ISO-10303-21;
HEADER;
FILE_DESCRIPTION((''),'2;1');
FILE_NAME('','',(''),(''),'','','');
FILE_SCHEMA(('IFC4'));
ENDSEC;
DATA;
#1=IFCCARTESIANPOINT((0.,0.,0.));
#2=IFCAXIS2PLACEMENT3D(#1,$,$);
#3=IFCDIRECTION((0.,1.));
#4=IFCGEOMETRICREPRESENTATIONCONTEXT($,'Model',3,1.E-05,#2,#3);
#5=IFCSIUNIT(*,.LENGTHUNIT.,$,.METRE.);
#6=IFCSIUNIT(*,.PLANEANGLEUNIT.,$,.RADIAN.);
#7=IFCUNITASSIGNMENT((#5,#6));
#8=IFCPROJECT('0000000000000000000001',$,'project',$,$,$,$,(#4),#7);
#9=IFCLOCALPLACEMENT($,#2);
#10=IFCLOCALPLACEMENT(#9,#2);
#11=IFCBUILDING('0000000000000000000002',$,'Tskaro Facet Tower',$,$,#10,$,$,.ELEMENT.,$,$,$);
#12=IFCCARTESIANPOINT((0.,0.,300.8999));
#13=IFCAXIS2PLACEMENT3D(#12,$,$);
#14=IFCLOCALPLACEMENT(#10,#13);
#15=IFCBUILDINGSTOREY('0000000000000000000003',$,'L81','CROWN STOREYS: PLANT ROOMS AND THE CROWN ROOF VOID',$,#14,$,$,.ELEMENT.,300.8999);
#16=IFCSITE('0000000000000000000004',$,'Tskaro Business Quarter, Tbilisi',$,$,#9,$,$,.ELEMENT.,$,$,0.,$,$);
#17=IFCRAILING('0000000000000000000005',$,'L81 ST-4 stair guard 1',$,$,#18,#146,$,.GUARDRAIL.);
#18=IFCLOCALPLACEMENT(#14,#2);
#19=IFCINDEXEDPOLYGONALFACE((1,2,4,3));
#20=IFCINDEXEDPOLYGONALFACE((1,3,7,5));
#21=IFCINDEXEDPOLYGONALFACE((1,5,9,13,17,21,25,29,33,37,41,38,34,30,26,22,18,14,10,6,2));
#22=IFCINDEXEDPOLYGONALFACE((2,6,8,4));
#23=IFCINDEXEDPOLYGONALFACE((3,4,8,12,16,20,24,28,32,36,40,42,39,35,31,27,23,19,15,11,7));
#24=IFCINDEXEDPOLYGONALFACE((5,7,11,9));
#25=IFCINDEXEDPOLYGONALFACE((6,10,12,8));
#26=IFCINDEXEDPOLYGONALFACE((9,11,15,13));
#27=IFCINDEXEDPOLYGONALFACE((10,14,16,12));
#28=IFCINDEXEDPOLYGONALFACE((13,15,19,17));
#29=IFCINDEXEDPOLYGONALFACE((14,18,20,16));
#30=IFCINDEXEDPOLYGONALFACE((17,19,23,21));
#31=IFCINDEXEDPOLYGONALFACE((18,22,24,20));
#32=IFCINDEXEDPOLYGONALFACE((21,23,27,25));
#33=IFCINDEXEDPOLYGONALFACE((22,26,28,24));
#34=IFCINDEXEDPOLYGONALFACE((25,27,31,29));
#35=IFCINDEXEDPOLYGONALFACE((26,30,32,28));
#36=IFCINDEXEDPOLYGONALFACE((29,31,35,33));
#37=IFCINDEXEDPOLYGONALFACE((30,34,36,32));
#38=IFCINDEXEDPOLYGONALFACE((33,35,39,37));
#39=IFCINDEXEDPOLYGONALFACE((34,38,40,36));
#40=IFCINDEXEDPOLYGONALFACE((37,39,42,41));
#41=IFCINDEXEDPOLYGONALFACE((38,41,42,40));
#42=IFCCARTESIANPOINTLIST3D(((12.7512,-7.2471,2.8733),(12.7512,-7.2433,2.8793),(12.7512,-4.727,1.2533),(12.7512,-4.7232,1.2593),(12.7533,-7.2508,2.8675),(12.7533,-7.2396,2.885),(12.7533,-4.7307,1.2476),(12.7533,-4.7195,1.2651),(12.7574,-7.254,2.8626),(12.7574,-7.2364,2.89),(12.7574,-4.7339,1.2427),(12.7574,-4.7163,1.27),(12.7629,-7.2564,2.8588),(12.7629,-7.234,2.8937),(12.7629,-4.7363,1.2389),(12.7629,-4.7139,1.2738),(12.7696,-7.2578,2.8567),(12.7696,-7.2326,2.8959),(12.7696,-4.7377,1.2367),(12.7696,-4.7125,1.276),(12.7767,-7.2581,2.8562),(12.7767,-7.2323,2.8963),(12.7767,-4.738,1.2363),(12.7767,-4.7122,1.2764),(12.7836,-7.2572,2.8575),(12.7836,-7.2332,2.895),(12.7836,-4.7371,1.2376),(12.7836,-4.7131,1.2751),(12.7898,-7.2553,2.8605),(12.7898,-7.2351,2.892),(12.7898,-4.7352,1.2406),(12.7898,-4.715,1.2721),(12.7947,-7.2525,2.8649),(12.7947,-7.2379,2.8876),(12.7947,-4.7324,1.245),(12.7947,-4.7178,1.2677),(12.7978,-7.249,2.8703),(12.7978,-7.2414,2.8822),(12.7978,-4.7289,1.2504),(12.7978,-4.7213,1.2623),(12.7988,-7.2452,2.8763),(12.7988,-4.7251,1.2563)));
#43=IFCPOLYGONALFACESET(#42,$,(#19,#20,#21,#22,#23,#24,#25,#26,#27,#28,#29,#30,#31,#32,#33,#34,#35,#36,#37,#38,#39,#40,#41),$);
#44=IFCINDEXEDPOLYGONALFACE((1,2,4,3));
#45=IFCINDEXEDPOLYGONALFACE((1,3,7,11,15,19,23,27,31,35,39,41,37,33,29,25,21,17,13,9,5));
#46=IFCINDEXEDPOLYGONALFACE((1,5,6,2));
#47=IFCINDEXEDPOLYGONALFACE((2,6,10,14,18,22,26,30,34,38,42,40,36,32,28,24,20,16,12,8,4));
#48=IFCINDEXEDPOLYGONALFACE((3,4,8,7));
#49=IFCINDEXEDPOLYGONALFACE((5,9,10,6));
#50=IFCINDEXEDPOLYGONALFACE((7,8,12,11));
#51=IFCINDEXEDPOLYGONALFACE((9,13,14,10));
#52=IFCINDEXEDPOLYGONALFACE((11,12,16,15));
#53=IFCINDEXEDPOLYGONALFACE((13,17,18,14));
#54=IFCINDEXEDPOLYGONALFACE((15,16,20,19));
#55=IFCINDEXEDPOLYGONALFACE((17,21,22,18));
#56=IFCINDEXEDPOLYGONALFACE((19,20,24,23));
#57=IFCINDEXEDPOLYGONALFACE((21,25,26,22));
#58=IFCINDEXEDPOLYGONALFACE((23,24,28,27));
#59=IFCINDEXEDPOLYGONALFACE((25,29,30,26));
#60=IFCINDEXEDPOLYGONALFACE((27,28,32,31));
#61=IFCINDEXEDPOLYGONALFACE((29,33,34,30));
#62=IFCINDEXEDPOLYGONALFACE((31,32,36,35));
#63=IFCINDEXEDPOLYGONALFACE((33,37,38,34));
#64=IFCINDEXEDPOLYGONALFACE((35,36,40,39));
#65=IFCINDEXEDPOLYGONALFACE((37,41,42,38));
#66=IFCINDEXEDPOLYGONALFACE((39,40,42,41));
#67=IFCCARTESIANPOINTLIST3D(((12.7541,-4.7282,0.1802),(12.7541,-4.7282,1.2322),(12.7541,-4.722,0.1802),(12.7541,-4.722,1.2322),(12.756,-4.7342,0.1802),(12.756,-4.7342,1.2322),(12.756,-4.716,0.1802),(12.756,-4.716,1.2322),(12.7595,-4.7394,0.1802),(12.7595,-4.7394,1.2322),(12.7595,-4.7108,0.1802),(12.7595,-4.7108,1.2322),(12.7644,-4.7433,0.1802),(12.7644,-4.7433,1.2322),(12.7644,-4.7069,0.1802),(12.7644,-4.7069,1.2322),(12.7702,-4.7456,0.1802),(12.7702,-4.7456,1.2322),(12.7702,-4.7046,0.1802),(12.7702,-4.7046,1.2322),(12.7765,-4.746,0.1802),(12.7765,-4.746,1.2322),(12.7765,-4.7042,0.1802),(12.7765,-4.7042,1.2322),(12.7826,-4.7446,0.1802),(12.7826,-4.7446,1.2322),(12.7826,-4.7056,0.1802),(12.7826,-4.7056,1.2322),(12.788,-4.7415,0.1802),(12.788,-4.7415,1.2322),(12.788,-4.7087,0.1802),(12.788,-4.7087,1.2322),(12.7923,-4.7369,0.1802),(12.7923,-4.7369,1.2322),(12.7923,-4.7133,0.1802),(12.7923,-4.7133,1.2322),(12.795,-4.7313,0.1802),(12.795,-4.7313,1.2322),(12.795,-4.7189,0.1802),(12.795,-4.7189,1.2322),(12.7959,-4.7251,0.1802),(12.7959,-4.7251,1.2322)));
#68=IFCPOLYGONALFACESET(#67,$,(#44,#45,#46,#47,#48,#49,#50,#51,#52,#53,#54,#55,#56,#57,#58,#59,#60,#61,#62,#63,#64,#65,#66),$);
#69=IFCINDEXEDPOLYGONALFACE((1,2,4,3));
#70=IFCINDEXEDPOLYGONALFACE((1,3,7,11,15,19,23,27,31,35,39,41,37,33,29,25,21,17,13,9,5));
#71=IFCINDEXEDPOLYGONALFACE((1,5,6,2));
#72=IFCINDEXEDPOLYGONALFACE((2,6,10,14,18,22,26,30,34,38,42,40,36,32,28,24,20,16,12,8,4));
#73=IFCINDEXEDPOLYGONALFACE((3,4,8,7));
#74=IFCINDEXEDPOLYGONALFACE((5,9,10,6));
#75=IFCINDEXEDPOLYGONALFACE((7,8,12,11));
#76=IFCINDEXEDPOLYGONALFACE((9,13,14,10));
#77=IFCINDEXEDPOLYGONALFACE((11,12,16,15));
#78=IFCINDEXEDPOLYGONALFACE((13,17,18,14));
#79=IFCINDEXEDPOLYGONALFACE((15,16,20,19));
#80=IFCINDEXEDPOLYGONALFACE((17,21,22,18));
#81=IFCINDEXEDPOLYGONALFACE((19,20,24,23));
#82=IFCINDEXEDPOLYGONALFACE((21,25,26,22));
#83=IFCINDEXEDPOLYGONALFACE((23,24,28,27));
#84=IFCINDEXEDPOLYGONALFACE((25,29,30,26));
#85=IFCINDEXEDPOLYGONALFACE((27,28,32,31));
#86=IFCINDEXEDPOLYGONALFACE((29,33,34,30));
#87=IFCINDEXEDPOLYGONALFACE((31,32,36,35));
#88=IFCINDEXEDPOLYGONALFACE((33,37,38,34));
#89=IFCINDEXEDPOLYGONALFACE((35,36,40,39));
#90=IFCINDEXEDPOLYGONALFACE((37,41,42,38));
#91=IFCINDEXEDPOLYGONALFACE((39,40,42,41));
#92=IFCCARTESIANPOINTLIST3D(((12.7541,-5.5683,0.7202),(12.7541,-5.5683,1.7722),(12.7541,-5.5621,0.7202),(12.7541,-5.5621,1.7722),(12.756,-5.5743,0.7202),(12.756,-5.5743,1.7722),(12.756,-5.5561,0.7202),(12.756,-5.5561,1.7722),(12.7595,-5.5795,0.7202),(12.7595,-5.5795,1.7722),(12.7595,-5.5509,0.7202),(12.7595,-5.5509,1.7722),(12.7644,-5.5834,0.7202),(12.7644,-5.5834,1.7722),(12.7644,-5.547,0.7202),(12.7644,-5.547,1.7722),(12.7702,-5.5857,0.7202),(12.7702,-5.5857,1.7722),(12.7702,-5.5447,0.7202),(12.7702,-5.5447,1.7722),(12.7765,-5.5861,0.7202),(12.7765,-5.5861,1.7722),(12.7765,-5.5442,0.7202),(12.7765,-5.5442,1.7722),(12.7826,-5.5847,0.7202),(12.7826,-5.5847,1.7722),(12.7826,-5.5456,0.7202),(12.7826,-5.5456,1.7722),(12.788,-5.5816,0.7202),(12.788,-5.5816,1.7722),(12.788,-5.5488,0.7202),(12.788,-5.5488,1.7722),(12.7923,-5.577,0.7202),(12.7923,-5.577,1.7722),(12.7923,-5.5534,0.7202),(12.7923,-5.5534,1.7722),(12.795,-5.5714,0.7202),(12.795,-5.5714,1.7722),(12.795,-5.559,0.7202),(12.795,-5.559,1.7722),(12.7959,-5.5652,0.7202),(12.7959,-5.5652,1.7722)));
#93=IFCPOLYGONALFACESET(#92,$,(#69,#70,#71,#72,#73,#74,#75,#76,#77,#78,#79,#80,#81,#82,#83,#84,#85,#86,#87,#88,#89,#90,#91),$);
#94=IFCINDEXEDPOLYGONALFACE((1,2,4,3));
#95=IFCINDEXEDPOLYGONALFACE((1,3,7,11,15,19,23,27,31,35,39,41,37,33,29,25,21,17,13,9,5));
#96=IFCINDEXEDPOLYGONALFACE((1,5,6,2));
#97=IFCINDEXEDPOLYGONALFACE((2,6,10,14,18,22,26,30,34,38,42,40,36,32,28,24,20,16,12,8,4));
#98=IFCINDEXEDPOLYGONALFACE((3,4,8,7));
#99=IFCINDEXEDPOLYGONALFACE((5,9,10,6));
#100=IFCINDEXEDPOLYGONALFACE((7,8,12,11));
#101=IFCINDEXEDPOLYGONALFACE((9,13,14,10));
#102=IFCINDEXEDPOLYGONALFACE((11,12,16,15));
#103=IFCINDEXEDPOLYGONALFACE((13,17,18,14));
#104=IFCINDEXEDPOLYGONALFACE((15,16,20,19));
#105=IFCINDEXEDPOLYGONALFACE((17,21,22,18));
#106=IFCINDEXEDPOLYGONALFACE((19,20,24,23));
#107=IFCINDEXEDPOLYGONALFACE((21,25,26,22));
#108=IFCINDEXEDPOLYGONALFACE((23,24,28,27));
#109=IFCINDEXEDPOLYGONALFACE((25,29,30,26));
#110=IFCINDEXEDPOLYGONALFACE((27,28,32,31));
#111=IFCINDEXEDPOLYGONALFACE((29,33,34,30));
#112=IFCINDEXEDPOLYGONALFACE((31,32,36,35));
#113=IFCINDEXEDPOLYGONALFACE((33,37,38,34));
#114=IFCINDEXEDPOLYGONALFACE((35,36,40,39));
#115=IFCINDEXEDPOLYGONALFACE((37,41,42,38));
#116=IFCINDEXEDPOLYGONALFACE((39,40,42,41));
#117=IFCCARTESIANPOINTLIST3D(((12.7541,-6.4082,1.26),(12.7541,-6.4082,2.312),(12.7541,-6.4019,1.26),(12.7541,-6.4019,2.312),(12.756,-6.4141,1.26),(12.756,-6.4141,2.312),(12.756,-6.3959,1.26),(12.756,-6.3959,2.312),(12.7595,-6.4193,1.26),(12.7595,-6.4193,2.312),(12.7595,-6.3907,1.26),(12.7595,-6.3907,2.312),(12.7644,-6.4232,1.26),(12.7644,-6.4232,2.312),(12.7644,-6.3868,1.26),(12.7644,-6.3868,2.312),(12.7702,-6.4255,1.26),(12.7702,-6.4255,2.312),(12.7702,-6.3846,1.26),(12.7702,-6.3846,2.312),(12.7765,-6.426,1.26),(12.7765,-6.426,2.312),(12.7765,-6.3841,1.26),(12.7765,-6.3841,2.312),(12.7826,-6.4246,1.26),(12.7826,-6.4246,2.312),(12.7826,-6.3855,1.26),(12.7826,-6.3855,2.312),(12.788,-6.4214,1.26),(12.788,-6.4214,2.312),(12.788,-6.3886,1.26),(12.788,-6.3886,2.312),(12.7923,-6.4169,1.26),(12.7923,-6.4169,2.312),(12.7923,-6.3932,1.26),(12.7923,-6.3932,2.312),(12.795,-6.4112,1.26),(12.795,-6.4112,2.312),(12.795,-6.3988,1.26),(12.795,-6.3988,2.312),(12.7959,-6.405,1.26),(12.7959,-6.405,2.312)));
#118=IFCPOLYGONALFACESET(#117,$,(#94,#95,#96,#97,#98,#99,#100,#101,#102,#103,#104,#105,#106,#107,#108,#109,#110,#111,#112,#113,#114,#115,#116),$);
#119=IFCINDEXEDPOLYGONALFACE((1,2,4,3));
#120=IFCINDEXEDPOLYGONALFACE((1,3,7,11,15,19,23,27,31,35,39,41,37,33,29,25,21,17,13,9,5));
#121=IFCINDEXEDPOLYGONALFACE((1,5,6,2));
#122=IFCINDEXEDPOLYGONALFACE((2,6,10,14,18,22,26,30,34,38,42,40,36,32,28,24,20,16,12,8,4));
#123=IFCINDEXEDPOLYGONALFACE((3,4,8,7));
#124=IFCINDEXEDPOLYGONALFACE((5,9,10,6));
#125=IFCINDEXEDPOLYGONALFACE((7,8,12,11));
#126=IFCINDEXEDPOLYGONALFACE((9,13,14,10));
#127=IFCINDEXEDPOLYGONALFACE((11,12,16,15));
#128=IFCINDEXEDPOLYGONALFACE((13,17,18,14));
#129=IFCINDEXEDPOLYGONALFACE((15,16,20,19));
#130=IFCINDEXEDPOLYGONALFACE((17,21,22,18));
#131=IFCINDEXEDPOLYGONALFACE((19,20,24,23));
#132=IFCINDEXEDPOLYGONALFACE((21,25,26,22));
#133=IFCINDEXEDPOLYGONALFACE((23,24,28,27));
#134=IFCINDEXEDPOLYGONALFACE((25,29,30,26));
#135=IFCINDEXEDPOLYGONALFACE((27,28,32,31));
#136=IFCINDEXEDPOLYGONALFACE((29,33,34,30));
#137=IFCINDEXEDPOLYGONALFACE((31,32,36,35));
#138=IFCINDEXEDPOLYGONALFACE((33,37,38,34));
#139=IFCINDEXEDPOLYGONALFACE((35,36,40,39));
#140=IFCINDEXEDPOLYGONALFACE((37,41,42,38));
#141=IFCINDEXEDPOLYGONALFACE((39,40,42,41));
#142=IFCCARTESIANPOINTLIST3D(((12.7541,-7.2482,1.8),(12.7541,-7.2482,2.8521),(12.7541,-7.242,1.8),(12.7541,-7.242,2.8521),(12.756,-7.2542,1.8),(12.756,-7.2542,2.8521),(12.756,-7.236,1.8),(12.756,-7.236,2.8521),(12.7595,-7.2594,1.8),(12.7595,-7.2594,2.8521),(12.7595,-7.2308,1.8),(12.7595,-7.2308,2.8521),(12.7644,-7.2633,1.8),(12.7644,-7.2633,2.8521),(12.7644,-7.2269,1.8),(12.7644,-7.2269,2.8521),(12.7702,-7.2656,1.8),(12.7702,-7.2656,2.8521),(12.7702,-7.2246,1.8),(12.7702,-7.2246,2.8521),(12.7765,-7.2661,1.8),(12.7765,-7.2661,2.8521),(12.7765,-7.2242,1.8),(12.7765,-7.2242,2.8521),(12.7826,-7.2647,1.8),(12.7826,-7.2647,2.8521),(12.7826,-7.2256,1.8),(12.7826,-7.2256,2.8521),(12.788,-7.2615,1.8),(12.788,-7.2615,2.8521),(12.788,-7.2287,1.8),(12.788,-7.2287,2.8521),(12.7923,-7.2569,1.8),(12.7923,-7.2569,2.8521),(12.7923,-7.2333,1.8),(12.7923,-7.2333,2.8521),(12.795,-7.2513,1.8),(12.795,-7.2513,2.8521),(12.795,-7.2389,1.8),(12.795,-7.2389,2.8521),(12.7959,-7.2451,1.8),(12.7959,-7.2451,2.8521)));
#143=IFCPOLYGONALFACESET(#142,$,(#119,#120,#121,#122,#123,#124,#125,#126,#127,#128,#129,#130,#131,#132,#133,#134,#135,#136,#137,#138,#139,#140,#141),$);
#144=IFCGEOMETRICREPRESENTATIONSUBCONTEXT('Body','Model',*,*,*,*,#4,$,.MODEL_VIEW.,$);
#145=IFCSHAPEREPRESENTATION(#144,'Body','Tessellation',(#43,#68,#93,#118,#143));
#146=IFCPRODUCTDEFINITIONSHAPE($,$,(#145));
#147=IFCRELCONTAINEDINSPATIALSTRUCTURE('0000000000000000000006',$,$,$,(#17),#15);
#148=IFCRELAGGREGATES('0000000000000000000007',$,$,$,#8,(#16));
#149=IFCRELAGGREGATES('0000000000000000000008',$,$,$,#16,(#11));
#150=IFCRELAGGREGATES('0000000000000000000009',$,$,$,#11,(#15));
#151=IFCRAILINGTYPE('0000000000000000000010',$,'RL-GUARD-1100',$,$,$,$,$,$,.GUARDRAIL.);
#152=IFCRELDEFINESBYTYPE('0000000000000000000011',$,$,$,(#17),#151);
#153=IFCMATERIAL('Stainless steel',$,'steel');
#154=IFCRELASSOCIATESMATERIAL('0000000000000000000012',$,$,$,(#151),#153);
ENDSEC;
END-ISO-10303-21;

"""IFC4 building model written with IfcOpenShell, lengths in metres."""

from ifc_helpers import new_model, si_unit, direction, frame, origin, origin_2d, place, context, subcontext, project, spatial, circle, extrude, material, type_object, element, save


model = new_model("IFC4")

# Units and contexts
model_context = context("Model", 3, precision=1e-05, world=origin(), true_north=direction((0.0, 1.0)))
body_context = subcontext(model_context, "Body", "Model", "MODEL_VIEW")
ifc_project = project(units=[si_unit("LENGTHUNIT", "METRE"), si_unit("PLANEANGLEUNIT", "RADIAN")], contexts=[model_context])

# Site, building, storey
site_placement = place(None, origin())
site = spatial("IfcSite", under=ifc_project, at=site_placement, Name="Tskaro Business Quarter, Tbilisi", CompositionType="ELEMENT", RefElevation=0.0)
building_placement = place(site_placement, origin())
building = spatial("IfcBuilding", under=site, at=building_placement, Name="Tskaro Facet Tower", CompositionType="ELEMENT")
storey_placement = place(building_placement, frame((0.0, 0.0, 300.8999)))
storey = spatial("IfcBuildingStorey", under=building, at=storey_placement, Name="L81", Description="CROWN STOREYS: PLANT ROOMS AND THE CROWN ROOF VOID", CompositionType="ELEMENT", Elevation=300.8999)

# Railing
ifc_material_1 = material(Name="Stainless steel", Category="steel")
railing_type_1 = type_object("IfcRailingType", Name="RL-GUARD-1100", PredefinedType="GUARDRAIL", material=ifc_material_1)
railing_1_placement = place(storey_placement, frame((12.7749, -4.7251, 0.1802)))
element("IfcRailing", 1, at=railing_1_placement, inside=storey, type_object=railing_type_1, Name="L81 ST-4 stair guard 1", PredefinedType="GUARDRAIL", context=body_context, shape_type="SweptSolid", body=[
    extrude(circle(Radius=0.0239, at=origin_2d()), frame((0.0, 0.0, 1.0762), z_axis=(0.0, -0.8412, 0.540725), x_axis=(1.0, 0.0, 0.0)), (0.0, 0.0, 1.0), 2.9958),
    extrude(circle(Radius=0.021, at=origin_2d()), origin(), (0.0, 0.0, 1.0), 1.052),
    extrude(circle(Radius=0.021, at=origin_2d()), frame((0.0, -0.8401, 0.54)), (0.0, 0.0, 1.0), 1.052),
    extrude(circle(Radius=0.021, at=origin_2d()), frame((0.0, -1.6799, 1.0798)), (0.0, 0.0, 1.0), 1.052),
    extrude(circle(Radius=0.021, at=origin_2d()), frame((0.0, -2.52, 1.6199)), (0.0, 0.0, 1.0), 1.052),
])

save(model, "model.ifc")
